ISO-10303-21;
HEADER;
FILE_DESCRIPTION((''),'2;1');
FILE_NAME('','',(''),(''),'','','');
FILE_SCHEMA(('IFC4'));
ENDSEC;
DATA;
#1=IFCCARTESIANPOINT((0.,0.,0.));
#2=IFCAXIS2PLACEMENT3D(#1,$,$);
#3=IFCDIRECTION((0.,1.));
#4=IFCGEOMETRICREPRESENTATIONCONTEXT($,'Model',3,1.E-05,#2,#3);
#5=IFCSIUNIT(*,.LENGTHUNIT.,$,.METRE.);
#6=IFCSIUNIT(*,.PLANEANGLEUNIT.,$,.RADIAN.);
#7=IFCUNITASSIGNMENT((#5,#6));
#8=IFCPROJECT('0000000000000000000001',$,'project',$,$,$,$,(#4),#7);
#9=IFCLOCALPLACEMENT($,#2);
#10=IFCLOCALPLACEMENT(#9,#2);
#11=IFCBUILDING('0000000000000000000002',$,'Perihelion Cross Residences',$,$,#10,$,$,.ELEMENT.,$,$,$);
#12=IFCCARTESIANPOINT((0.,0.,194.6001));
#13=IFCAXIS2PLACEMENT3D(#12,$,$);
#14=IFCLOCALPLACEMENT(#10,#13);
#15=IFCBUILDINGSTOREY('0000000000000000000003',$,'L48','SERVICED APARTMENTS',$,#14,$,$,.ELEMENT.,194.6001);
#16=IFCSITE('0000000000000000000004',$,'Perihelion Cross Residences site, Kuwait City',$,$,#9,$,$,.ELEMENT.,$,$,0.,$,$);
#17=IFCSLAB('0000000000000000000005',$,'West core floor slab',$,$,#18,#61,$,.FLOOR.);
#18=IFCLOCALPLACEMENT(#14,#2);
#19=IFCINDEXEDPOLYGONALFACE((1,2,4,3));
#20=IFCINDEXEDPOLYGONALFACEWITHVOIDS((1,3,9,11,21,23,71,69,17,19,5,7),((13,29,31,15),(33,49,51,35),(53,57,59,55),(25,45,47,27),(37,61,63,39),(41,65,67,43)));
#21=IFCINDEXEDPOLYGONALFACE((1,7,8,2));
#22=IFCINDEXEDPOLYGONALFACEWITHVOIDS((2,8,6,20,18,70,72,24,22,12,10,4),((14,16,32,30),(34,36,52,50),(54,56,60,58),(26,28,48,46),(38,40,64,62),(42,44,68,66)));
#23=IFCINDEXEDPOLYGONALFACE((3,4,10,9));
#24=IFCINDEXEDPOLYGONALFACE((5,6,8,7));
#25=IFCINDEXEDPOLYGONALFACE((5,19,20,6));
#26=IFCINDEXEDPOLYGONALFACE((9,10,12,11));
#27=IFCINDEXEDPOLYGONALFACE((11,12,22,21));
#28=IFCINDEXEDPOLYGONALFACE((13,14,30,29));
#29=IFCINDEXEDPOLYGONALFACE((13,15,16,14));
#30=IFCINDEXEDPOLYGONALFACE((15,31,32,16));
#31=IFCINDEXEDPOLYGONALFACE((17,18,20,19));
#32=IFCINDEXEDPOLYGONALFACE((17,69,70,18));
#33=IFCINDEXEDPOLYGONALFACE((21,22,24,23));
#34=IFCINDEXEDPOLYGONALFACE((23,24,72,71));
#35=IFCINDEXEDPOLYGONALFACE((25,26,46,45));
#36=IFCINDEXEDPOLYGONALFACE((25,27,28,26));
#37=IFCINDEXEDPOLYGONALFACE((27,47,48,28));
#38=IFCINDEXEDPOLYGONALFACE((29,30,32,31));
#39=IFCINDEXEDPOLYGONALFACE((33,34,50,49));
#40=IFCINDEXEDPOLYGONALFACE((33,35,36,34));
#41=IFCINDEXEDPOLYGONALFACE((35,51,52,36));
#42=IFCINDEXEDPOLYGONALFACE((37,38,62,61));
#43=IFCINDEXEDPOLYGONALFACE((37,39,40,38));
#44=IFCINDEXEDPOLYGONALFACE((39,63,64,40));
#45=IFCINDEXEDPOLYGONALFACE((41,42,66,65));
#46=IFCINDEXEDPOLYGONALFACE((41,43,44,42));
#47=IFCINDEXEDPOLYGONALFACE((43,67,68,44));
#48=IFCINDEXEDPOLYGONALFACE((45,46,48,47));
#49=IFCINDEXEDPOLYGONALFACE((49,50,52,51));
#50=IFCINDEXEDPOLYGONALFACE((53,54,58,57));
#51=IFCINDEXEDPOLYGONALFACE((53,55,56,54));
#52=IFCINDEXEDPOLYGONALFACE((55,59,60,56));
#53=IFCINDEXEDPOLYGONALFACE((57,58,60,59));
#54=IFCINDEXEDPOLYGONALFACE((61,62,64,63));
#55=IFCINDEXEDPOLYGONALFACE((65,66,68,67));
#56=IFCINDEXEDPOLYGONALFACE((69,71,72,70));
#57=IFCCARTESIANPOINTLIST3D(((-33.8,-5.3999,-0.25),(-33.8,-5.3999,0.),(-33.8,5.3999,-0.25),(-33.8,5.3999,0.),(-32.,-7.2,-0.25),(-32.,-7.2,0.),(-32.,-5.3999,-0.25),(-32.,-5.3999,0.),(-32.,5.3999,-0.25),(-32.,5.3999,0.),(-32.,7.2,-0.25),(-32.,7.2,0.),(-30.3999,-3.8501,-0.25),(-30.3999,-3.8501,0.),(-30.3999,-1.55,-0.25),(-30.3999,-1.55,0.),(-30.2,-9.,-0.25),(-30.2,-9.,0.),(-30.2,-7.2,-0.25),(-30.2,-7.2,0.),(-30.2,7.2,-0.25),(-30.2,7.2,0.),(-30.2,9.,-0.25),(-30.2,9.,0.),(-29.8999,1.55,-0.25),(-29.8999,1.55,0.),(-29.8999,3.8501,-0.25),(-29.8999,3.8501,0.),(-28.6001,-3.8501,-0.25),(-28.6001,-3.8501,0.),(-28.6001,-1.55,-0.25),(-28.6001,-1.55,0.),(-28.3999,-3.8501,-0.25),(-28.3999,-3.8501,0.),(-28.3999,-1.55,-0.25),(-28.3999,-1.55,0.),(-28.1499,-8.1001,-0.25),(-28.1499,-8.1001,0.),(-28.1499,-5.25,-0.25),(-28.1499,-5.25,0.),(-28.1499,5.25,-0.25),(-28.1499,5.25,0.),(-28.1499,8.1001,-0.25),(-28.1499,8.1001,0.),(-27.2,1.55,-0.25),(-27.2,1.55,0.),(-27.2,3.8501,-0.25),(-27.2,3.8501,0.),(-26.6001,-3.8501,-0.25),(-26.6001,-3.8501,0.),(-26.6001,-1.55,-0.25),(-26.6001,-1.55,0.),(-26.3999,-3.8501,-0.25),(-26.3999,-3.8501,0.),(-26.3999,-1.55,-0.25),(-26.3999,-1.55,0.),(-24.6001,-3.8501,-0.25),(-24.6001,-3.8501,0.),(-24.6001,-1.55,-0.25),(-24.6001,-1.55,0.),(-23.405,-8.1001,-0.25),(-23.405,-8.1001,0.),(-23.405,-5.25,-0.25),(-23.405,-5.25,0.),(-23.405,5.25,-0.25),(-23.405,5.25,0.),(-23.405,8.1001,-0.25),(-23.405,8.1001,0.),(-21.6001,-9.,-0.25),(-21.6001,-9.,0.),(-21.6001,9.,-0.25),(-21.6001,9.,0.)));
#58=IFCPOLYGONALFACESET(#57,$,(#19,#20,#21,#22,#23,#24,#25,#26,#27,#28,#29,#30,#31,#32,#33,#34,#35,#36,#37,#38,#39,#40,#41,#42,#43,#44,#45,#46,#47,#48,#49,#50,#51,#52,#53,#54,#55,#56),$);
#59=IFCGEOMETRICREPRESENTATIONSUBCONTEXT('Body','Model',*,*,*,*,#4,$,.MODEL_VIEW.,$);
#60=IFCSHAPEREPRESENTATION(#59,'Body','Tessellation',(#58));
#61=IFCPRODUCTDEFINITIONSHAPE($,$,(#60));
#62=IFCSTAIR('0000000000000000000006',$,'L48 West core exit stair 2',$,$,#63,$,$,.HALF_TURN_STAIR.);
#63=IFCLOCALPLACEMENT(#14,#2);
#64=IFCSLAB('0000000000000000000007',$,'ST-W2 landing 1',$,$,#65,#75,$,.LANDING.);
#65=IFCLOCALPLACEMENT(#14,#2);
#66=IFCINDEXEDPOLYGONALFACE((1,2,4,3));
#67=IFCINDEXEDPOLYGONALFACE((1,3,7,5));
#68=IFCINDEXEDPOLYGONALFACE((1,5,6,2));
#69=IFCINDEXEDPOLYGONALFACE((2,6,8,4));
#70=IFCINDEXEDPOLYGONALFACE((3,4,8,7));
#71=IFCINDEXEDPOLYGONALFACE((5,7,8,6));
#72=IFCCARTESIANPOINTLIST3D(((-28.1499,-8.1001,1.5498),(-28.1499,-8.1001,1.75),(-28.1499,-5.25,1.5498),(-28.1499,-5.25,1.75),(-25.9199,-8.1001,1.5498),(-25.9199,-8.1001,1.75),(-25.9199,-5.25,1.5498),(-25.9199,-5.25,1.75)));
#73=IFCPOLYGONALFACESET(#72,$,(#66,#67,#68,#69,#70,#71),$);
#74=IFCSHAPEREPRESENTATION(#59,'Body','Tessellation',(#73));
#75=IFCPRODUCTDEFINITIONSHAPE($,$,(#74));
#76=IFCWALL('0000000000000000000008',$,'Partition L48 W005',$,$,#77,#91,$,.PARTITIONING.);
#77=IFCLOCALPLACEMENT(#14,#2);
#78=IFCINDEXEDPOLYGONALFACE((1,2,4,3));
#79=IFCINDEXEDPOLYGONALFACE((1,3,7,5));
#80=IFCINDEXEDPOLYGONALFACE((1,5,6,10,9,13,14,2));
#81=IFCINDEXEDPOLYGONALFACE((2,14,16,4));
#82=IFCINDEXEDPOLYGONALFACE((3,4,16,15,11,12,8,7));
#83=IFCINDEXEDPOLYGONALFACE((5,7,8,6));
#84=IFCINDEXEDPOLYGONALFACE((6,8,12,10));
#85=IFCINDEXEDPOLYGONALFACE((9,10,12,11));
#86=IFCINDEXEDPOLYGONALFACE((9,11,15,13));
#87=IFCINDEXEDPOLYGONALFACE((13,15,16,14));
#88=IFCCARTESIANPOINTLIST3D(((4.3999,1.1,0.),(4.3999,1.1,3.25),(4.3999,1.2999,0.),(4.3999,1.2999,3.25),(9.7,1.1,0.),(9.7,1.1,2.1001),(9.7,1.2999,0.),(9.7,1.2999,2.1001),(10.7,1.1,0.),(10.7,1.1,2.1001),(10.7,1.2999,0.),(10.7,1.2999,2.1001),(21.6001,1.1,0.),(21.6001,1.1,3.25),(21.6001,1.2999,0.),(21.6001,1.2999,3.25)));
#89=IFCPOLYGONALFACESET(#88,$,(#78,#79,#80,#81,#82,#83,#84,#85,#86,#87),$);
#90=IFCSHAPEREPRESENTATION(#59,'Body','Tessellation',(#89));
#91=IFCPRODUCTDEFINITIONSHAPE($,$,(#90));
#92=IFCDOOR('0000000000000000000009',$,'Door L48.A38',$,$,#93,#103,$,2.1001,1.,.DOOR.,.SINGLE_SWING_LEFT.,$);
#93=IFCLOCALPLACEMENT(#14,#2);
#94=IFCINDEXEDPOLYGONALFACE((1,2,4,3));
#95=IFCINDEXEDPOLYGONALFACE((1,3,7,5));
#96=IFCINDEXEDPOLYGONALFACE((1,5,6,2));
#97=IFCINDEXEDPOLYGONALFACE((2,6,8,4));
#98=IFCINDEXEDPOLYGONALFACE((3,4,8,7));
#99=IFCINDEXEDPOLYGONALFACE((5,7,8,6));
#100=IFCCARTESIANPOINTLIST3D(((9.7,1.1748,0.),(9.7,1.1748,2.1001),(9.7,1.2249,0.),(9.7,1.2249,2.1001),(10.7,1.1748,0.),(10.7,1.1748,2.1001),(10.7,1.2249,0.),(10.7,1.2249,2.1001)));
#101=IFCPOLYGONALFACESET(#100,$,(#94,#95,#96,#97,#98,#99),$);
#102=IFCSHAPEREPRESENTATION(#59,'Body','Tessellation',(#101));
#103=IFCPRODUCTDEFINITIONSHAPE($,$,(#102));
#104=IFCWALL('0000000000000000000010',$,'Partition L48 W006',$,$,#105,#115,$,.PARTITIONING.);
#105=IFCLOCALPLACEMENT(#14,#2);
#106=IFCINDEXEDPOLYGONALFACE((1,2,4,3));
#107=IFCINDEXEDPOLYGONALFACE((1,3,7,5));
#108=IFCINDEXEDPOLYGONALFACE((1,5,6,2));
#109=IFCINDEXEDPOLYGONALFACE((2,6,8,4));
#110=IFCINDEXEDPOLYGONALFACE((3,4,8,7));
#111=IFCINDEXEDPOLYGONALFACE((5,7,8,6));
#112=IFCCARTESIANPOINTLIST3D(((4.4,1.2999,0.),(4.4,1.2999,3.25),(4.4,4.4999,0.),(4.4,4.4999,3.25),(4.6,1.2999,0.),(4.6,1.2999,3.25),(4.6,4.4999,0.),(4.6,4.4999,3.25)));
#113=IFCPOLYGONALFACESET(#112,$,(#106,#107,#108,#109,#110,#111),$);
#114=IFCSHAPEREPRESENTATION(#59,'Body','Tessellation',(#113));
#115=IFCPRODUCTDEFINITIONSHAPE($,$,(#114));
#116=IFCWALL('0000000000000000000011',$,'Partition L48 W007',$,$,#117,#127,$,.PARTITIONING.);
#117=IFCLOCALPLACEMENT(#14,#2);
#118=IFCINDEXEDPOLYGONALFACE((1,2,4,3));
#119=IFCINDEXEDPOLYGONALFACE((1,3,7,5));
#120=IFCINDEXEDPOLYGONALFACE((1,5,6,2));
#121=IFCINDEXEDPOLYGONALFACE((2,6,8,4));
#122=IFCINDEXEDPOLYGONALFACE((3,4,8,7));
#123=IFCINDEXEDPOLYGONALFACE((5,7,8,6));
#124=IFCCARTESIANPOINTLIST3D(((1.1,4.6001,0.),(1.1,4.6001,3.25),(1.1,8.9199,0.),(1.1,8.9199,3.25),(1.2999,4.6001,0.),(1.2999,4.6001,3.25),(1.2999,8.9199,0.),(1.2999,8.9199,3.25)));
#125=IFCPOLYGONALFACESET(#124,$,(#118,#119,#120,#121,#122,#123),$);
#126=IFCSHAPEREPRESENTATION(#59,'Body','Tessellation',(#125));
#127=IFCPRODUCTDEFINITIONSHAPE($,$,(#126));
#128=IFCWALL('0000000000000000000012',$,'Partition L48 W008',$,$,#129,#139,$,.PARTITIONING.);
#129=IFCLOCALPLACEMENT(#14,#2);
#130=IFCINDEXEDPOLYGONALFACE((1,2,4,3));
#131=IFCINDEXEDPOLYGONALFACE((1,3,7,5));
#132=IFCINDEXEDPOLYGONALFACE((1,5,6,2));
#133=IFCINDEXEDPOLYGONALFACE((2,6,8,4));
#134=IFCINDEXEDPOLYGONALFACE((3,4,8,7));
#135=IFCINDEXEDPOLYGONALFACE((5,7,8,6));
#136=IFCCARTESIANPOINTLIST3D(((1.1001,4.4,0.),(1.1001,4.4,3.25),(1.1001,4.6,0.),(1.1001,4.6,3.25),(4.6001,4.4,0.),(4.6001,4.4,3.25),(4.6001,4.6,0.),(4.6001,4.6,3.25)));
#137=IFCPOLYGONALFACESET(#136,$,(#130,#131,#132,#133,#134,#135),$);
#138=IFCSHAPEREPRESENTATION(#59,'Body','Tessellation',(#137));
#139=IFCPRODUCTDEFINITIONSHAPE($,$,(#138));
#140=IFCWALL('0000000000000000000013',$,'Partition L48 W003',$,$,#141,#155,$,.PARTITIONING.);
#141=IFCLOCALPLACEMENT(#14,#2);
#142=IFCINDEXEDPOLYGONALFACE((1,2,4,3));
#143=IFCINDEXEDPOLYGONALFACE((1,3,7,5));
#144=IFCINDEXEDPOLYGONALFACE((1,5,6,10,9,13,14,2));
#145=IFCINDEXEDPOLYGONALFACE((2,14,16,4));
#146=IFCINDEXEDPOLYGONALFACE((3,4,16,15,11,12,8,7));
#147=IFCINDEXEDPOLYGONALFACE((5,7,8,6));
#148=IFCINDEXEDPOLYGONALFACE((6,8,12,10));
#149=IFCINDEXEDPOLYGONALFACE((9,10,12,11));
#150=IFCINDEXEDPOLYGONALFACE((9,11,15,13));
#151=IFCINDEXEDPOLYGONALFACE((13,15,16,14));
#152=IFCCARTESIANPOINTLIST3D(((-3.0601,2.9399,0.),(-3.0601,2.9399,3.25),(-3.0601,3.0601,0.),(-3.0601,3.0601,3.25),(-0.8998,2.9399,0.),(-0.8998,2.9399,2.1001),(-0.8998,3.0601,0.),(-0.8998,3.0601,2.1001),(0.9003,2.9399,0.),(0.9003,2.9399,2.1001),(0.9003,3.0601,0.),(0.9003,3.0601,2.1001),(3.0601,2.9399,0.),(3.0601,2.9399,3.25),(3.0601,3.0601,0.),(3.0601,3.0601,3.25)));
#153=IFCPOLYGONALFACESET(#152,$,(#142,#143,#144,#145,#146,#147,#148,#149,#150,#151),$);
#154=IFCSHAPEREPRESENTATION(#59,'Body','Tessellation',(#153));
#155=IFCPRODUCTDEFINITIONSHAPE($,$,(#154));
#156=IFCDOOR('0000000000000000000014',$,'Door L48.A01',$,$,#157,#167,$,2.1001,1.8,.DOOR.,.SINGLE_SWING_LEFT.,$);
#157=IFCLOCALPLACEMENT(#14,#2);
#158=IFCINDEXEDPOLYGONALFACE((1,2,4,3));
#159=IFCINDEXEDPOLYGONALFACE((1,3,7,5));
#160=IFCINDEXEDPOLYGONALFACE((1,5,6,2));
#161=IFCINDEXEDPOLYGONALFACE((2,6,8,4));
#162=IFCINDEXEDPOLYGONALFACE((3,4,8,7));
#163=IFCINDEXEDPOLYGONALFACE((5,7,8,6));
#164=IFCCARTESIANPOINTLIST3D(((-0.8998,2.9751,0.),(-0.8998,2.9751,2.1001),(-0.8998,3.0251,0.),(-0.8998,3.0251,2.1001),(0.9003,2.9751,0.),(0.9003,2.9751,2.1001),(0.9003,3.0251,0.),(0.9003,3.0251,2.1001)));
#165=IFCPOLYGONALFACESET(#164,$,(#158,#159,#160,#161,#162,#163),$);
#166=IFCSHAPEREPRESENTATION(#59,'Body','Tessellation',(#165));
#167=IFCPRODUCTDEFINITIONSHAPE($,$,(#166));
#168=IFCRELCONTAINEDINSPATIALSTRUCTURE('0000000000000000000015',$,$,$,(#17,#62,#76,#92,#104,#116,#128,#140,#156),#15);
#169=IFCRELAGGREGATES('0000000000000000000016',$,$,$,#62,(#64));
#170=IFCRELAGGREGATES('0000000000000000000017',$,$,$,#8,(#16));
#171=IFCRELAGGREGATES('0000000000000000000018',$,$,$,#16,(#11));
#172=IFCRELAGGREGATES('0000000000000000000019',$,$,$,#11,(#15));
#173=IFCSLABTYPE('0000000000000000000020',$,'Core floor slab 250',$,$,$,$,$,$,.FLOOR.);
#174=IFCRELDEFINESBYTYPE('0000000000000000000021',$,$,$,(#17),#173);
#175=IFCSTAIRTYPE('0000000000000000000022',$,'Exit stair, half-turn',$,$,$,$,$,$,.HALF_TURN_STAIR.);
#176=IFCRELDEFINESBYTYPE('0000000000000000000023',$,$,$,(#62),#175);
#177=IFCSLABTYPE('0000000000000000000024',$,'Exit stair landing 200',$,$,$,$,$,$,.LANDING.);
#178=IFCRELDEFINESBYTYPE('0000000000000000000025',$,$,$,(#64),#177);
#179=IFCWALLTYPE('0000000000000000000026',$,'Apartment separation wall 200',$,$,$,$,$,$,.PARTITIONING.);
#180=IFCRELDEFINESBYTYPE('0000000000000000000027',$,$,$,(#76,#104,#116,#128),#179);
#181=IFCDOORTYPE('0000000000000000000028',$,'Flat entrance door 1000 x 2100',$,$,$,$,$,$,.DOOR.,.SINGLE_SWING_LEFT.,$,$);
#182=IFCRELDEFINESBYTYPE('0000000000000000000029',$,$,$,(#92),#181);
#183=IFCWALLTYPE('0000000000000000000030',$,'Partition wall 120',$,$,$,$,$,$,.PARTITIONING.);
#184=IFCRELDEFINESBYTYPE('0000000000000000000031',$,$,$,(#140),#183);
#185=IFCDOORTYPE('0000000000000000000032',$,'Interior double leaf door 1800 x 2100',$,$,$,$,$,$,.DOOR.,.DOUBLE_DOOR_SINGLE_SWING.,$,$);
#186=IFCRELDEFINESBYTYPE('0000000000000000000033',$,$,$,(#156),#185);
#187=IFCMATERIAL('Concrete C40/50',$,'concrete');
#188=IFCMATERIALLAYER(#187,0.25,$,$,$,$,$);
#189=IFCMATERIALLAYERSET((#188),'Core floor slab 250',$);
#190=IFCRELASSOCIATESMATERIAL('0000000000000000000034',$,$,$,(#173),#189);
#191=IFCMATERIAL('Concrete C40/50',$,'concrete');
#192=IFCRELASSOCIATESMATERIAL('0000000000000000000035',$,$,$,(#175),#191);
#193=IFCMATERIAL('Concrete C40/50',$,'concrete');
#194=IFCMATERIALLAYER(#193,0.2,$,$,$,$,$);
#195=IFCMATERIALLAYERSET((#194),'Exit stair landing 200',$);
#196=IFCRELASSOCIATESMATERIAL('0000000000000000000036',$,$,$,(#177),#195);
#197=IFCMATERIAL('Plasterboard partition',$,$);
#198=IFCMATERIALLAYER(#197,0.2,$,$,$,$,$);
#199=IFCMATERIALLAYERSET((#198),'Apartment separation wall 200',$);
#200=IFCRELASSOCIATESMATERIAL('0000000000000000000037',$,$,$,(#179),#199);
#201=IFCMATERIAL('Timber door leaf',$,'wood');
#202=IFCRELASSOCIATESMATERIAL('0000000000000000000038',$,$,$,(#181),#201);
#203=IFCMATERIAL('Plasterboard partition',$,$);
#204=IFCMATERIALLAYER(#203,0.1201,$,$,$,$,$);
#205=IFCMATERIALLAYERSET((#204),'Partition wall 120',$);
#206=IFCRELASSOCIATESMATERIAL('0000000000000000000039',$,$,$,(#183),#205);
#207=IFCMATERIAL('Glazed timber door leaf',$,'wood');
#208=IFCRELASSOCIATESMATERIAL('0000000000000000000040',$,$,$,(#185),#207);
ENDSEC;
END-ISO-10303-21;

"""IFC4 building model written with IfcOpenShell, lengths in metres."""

from ifc_helpers import new_model, si_unit, direction, frame, frame_2d, origin, place, context, subcontext, project, spatial, polyline, rectangle, outline, extrude, material, layer, layer_set, type_object, element, fill, aggregate, save


model = new_model("IFC4")

# Units and contexts
model_context = context("Model", 3, precision=1e-05, world=origin(), true_north=direction((0.0, 1.0)))
body_context = subcontext(model_context, "Body", "Model", "MODEL_VIEW")
ifc_project = project(units=[si_unit("LENGTHUNIT", "METRE"), si_unit("PLANEANGLEUNIT", "RADIAN")], contexts=[model_context])

# Site, building, storey
site_placement = place(None, origin())
site = spatial("IfcSite", under=ifc_project, at=site_placement, Name="Perihelion Cross Residences site, Kuwait City", CompositionType="ELEMENT", RefElevation=0.0)
building_placement = place(site_placement, origin())
building = spatial("IfcBuilding", under=site, at=building_placement, Name="Perihelion Cross Residences", CompositionType="ELEMENT")
storey_placement = place(building_placement, frame((0.0, 0.0, 194.6001)))
storey = spatial("IfcBuildingStorey", under=building, at=storey_placement, Name="L48", Description="SERVICED APARTMENTS", CompositionType="ELEMENT", Elevation=194.6001)

# Slab
ifc_material_1 = material(Name="Concrete C40/50", Category="concrete")
ifc_layer_1 = layer(ifc_material_1, 0.25)
ifc_layer_set_1 = layer_set([ifc_layer_1], Name="Core floor slab 250")
slab_type_1 = type_object("IfcSlabType", Name="Core floor slab 250", PredefinedType="FLOOR", material=ifc_layer_set_1)
slab_1_placement = place(storey_placement, frame((0.0, 0.0, -0.25)))
element("IfcSlab", 1, at=slab_1_placement, inside=storey, type_object=slab_type_1, Name="West core floor slab", PredefinedType="FLOOR", context=body_context, shape_type="SweptSolid", body=[
    extrude(outline(polyline([(-30.2, 7.2), (-32.0, 7.2), (-32.0, 5.3999), (-33.8, 5.3999), (-33.8, -5.3999), (-32.0, -5.3999), (-32.0, -7.2), (-30.2, -7.2), (-30.2, -9.0), (-21.6001, -9.0), (-21.6001, 9.0), (-30.2, 9.0), (-30.2, 7.2)]), holes=[polyline([(-28.1499, -8.1001), (-28.1499, -5.25), (-23.405, -5.25), (-23.405, -8.1001), (-28.1499, -8.1001)]), polyline([(-24.6001, -1.55), (-24.6001, -3.8501), (-26.3999, -3.8501), (-26.3999, -1.55), (-24.6001, -1.55)]), polyline([(-26.6001, -1.55), (-26.6001, -3.8501), (-28.3999, -3.8501), (-28.3999, -1.55), (-26.6001, -1.55)]), polyline([(-28.6001, -3.8501), (-30.3999, -3.8501), (-30.3999, -1.55), (-28.6001, -1.55), (-28.6001, -3.8501)]), polyline([(-27.2, 3.8501), (-27.2, 1.55), (-29.8999, 1.55), (-29.8999, 3.8501), (-27.2, 3.8501)]), polyline([(-23.405, 5.25), (-28.1499, 5.25), (-28.1499, 8.1001), (-23.405, 8.1001), (-23.405, 5.25)])]), origin(), (0.0, 0.0, 1.0), 0.25),
])

# Stair, slab
ifc_material_2 = material(Name="Concrete C40/50", Category="concrete")
stair_type = type_object("IfcStairType", Name="Exit stair, half-turn", PredefinedType="HALF_TURN_STAIR", material=ifc_material_2)
stair_placement = place(storey_placement, origin())
stair = element("IfcStair", 2, at=stair_placement, inside=storey, type_object=stair_type, Name="L48 West core exit stair 2", PredefinedType="HALF_TURN_STAIR")
ifc_material_3 = material(Name="Concrete C40/50", Category="concrete")
ifc_layer_2 = layer(ifc_material_3, 0.2)
ifc_layer_set_2 = layer_set([ifc_layer_2], Name="Exit stair landing 200")
slab_type_2 = type_object("IfcSlabType", Name="Exit stair landing 200", PredefinedType="LANDING", material=ifc_layer_set_2)
slab_2_placement = place(storey_placement, frame((0.0, 0.0, 1.5498)))
slab_2 = element("IfcSlab", 3, at=slab_2_placement, type_object=slab_type_2, Name="ST-W2 landing 1", PredefinedType="LANDING", context=body_context, shape_type="SweptSolid", body=[
    extrude(outline(polyline([(-25.9199, -5.25), (-28.1499, -5.25), (-28.1499, -8.1001), (-25.9199, -8.1001), (-25.9199, -5.25)])), origin(), (0.0, 0.0, 1.0), 0.2002),
])
aggregate(stair, [slab_2])

# Wall, opening, door
ifc_material_4 = material(Name="Plasterboard partition")
ifc_layer_3 = layer(ifc_material_4, 0.2)
ifc_layer_set_3 = layer_set([ifc_layer_3], Name="Apartment separation wall 200")
wall_type_1 = type_object("IfcWallType", Name="Apartment separation wall 200", PredefinedType="PARTITIONING", material=ifc_layer_set_3)
wall_1_placement = place(storey_placement, frame((4.3999, 1.2, 0.0), z_axis=(0.0, 0.0, 1.0), x_axis=(1.0, 0.0, 0.0)))
wall_1 = element("IfcWall", 4, at=wall_1_placement, inside=storey, type_object=wall_type_1, Name="Partition L48 W005", PredefinedType="PARTITIONING", context=body_context, shape_type="SweptSolid", body=[
    extrude(rectangle(XDim=17.2002, YDim=0.2, at=frame_2d((8.6001, 0.0))), origin(), (0.0, 0.0, 1.0), 3.25),
])
opening_1_placement = place(wall_1_placement, frame((5.3, 0.0, 0.0)))
opening_1 = element("IfcOpeningElement", 5, at=opening_1_placement, cuts=wall_1, PredefinedType="OPENING", context=body_context, shape_type="SweptSolid", body=[
    extrude(rectangle(XDim=1.0, YDim=2.1001, at=frame_2d((0.5, 1.05))), frame((0.0, 0.1099, 0.0), z_axis=(0.0, -1.0, 0.0), x_axis=(1.0, 0.0, 0.0)), (0.0, 0.0, 1.0), 0.22),
])
ifc_material_5 = material(Name="Timber door leaf", Category="wood")
door_type_1 = type_object("IfcDoorType", Name="Flat entrance door 1000 x 2100", OperationType="SINGLE_SWING_LEFT", PredefinedType="DOOR", material=ifc_material_5)
door_1_placement = place(opening_1_placement, origin())
door_1 = element("IfcDoor", 6, at=door_1_placement, inside=storey, type_object=door_type_1, Name="Door L48.A38", OperationType="SINGLE_SWING_LEFT", OverallHeight=2.1001, OverallWidth=1.0, PredefinedType="DOOR", context=body_context, shape_type="SweptSolid", body=[
    extrude(rectangle(XDim=1.0, YDim=2.1001, at=frame_2d((0.5, 1.05))), frame((0.0, 0.0249, 0.0), z_axis=(0.0, -1.0, 0.0), x_axis=(1.0, 0.0, 0.0)), (0.0, 0.0, 1.0), 0.05),
])
fill(opening_1, door_1)

# Walls
wall_2_placement = place(storey_placement, frame((4.5, 4.5, 0.0), z_axis=(0.0, 0.0, 1.0), x_axis=(0.0, -1.0, 0.0)))
element("IfcWall", 7, at=wall_2_placement, inside=storey, type_object=wall_type_1, Name="Partition L48 W006", PredefinedType="PARTITIONING", context=body_context, shape_type="SweptSolid", body=[
    extrude(rectangle(XDim=3.2, YDim=0.2, at=frame_2d((1.6001, 0.0))), origin(), (0.0, 0.0, 1.0), 3.25),
])
wall_3_placement = place(storey_placement, frame((1.2, 8.9199, 0.0), z_axis=(0.0, 0.0, 1.0), x_axis=(0.0, -1.0, 0.0)))
element("IfcWall", 8, at=wall_3_placement, inside=storey, type_object=wall_type_1, Name="Partition L48 W007", PredefinedType="PARTITIONING", context=body_context, shape_type="SweptSolid", body=[
    extrude(rectangle(XDim=4.3198, YDim=0.2, at=frame_2d((2.1599, 0.0))), origin(), (0.0, 0.0, 1.0), 3.25),
])
wall_4_placement = place(storey_placement, frame((1.1001, 4.5, 0.0), z_axis=(0.0, 0.0, 1.0), x_axis=(1.0, 0.0, 0.0)))
element("IfcWall", 9, at=wall_4_placement, inside=storey, type_object=wall_type_1, Name="Partition L48 W008", PredefinedType="PARTITIONING", context=body_context, shape_type="SweptSolid", body=[
    extrude(rectangle(XDim=3.5, YDim=0.2, at=frame_2d((1.75, 0.0))), origin(), (0.0, 0.0, 1.0), 3.25),
])

# Wall, opening, door
ifc_material_6 = material(Name="Plasterboard partition")
ifc_layer_4 = layer(ifc_material_6, 0.1201)
ifc_layer_set_4 = layer_set([ifc_layer_4], Name="Partition wall 120")
wall_type_2 = type_object("IfcWallType", Name="Partition wall 120", PredefinedType="PARTITIONING", material=ifc_layer_set_4)
wall_5_placement = place(storey_placement, frame((3.0601, 3.0, 0.0), z_axis=(0.0, 0.0, 1.0), x_axis=(-1.0, 0.0, 0.0)))
wall_5 = element("IfcWall", 10, at=wall_5_placement, inside=storey, type_object=wall_type_2, Name="Partition L48 W003", PredefinedType="PARTITIONING", context=body_context, shape_type="SweptSolid", body=[
    extrude(rectangle(XDim=6.1201, YDim=0.1201, at=frame_2d((3.0601, 0.0))), origin(), (0.0, 0.0, 1.0), 3.25),
])
opening_2_placement = place(wall_5_placement, frame((2.1599, 0.0, 0.0)))
opening_2 = element("IfcOpeningElement", 11, at=opening_2_placement, cuts=wall_5, PredefinedType="OPENING", context=body_context, shape_type="SweptSolid", body=[
    extrude(rectangle(XDim=1.8, YDim=2.1001, at=frame_2d((0.8999, 1.05))), frame((0.0, 0.0701, 0.0), z_axis=(0.0, -1.0, 0.0), x_axis=(1.0, 0.0, 0.0)), (0.0, 0.0, 1.0), 0.1401),
])
ifc_material_7 = material(Name="Glazed timber door leaf", Category="wood")
door_type_2 = type_object("IfcDoorType", Name="Interior double leaf door 1800 x 2100", OperationType="DOUBLE_DOOR_SINGLE_SWING", PredefinedType="DOOR", material=ifc_material_7)
door_2_placement = place(opening_2_placement, origin())
door_2 = element("IfcDoor", 12, at=door_2_placement, inside=storey, type_object=door_type_2, Name="Door L48.A01", OperationType="SINGLE_SWING_LEFT", OverallHeight=2.1001, OverallWidth=1.8, PredefinedType="DOOR", context=body_context, shape_type="SweptSolid", body=[
    extrude(rectangle(XDim=1.8, YDim=2.1001, at=frame_2d((0.8999, 1.05))), frame((0.0, 0.0249, 0.0), z_axis=(0.0, -1.0, 0.0), x_axis=(1.0, 0.0, 0.0)), (0.0, 0.0, 1.0), 0.05),
])
fill(opening_2, door_2)

save(model, "model.ifc")
